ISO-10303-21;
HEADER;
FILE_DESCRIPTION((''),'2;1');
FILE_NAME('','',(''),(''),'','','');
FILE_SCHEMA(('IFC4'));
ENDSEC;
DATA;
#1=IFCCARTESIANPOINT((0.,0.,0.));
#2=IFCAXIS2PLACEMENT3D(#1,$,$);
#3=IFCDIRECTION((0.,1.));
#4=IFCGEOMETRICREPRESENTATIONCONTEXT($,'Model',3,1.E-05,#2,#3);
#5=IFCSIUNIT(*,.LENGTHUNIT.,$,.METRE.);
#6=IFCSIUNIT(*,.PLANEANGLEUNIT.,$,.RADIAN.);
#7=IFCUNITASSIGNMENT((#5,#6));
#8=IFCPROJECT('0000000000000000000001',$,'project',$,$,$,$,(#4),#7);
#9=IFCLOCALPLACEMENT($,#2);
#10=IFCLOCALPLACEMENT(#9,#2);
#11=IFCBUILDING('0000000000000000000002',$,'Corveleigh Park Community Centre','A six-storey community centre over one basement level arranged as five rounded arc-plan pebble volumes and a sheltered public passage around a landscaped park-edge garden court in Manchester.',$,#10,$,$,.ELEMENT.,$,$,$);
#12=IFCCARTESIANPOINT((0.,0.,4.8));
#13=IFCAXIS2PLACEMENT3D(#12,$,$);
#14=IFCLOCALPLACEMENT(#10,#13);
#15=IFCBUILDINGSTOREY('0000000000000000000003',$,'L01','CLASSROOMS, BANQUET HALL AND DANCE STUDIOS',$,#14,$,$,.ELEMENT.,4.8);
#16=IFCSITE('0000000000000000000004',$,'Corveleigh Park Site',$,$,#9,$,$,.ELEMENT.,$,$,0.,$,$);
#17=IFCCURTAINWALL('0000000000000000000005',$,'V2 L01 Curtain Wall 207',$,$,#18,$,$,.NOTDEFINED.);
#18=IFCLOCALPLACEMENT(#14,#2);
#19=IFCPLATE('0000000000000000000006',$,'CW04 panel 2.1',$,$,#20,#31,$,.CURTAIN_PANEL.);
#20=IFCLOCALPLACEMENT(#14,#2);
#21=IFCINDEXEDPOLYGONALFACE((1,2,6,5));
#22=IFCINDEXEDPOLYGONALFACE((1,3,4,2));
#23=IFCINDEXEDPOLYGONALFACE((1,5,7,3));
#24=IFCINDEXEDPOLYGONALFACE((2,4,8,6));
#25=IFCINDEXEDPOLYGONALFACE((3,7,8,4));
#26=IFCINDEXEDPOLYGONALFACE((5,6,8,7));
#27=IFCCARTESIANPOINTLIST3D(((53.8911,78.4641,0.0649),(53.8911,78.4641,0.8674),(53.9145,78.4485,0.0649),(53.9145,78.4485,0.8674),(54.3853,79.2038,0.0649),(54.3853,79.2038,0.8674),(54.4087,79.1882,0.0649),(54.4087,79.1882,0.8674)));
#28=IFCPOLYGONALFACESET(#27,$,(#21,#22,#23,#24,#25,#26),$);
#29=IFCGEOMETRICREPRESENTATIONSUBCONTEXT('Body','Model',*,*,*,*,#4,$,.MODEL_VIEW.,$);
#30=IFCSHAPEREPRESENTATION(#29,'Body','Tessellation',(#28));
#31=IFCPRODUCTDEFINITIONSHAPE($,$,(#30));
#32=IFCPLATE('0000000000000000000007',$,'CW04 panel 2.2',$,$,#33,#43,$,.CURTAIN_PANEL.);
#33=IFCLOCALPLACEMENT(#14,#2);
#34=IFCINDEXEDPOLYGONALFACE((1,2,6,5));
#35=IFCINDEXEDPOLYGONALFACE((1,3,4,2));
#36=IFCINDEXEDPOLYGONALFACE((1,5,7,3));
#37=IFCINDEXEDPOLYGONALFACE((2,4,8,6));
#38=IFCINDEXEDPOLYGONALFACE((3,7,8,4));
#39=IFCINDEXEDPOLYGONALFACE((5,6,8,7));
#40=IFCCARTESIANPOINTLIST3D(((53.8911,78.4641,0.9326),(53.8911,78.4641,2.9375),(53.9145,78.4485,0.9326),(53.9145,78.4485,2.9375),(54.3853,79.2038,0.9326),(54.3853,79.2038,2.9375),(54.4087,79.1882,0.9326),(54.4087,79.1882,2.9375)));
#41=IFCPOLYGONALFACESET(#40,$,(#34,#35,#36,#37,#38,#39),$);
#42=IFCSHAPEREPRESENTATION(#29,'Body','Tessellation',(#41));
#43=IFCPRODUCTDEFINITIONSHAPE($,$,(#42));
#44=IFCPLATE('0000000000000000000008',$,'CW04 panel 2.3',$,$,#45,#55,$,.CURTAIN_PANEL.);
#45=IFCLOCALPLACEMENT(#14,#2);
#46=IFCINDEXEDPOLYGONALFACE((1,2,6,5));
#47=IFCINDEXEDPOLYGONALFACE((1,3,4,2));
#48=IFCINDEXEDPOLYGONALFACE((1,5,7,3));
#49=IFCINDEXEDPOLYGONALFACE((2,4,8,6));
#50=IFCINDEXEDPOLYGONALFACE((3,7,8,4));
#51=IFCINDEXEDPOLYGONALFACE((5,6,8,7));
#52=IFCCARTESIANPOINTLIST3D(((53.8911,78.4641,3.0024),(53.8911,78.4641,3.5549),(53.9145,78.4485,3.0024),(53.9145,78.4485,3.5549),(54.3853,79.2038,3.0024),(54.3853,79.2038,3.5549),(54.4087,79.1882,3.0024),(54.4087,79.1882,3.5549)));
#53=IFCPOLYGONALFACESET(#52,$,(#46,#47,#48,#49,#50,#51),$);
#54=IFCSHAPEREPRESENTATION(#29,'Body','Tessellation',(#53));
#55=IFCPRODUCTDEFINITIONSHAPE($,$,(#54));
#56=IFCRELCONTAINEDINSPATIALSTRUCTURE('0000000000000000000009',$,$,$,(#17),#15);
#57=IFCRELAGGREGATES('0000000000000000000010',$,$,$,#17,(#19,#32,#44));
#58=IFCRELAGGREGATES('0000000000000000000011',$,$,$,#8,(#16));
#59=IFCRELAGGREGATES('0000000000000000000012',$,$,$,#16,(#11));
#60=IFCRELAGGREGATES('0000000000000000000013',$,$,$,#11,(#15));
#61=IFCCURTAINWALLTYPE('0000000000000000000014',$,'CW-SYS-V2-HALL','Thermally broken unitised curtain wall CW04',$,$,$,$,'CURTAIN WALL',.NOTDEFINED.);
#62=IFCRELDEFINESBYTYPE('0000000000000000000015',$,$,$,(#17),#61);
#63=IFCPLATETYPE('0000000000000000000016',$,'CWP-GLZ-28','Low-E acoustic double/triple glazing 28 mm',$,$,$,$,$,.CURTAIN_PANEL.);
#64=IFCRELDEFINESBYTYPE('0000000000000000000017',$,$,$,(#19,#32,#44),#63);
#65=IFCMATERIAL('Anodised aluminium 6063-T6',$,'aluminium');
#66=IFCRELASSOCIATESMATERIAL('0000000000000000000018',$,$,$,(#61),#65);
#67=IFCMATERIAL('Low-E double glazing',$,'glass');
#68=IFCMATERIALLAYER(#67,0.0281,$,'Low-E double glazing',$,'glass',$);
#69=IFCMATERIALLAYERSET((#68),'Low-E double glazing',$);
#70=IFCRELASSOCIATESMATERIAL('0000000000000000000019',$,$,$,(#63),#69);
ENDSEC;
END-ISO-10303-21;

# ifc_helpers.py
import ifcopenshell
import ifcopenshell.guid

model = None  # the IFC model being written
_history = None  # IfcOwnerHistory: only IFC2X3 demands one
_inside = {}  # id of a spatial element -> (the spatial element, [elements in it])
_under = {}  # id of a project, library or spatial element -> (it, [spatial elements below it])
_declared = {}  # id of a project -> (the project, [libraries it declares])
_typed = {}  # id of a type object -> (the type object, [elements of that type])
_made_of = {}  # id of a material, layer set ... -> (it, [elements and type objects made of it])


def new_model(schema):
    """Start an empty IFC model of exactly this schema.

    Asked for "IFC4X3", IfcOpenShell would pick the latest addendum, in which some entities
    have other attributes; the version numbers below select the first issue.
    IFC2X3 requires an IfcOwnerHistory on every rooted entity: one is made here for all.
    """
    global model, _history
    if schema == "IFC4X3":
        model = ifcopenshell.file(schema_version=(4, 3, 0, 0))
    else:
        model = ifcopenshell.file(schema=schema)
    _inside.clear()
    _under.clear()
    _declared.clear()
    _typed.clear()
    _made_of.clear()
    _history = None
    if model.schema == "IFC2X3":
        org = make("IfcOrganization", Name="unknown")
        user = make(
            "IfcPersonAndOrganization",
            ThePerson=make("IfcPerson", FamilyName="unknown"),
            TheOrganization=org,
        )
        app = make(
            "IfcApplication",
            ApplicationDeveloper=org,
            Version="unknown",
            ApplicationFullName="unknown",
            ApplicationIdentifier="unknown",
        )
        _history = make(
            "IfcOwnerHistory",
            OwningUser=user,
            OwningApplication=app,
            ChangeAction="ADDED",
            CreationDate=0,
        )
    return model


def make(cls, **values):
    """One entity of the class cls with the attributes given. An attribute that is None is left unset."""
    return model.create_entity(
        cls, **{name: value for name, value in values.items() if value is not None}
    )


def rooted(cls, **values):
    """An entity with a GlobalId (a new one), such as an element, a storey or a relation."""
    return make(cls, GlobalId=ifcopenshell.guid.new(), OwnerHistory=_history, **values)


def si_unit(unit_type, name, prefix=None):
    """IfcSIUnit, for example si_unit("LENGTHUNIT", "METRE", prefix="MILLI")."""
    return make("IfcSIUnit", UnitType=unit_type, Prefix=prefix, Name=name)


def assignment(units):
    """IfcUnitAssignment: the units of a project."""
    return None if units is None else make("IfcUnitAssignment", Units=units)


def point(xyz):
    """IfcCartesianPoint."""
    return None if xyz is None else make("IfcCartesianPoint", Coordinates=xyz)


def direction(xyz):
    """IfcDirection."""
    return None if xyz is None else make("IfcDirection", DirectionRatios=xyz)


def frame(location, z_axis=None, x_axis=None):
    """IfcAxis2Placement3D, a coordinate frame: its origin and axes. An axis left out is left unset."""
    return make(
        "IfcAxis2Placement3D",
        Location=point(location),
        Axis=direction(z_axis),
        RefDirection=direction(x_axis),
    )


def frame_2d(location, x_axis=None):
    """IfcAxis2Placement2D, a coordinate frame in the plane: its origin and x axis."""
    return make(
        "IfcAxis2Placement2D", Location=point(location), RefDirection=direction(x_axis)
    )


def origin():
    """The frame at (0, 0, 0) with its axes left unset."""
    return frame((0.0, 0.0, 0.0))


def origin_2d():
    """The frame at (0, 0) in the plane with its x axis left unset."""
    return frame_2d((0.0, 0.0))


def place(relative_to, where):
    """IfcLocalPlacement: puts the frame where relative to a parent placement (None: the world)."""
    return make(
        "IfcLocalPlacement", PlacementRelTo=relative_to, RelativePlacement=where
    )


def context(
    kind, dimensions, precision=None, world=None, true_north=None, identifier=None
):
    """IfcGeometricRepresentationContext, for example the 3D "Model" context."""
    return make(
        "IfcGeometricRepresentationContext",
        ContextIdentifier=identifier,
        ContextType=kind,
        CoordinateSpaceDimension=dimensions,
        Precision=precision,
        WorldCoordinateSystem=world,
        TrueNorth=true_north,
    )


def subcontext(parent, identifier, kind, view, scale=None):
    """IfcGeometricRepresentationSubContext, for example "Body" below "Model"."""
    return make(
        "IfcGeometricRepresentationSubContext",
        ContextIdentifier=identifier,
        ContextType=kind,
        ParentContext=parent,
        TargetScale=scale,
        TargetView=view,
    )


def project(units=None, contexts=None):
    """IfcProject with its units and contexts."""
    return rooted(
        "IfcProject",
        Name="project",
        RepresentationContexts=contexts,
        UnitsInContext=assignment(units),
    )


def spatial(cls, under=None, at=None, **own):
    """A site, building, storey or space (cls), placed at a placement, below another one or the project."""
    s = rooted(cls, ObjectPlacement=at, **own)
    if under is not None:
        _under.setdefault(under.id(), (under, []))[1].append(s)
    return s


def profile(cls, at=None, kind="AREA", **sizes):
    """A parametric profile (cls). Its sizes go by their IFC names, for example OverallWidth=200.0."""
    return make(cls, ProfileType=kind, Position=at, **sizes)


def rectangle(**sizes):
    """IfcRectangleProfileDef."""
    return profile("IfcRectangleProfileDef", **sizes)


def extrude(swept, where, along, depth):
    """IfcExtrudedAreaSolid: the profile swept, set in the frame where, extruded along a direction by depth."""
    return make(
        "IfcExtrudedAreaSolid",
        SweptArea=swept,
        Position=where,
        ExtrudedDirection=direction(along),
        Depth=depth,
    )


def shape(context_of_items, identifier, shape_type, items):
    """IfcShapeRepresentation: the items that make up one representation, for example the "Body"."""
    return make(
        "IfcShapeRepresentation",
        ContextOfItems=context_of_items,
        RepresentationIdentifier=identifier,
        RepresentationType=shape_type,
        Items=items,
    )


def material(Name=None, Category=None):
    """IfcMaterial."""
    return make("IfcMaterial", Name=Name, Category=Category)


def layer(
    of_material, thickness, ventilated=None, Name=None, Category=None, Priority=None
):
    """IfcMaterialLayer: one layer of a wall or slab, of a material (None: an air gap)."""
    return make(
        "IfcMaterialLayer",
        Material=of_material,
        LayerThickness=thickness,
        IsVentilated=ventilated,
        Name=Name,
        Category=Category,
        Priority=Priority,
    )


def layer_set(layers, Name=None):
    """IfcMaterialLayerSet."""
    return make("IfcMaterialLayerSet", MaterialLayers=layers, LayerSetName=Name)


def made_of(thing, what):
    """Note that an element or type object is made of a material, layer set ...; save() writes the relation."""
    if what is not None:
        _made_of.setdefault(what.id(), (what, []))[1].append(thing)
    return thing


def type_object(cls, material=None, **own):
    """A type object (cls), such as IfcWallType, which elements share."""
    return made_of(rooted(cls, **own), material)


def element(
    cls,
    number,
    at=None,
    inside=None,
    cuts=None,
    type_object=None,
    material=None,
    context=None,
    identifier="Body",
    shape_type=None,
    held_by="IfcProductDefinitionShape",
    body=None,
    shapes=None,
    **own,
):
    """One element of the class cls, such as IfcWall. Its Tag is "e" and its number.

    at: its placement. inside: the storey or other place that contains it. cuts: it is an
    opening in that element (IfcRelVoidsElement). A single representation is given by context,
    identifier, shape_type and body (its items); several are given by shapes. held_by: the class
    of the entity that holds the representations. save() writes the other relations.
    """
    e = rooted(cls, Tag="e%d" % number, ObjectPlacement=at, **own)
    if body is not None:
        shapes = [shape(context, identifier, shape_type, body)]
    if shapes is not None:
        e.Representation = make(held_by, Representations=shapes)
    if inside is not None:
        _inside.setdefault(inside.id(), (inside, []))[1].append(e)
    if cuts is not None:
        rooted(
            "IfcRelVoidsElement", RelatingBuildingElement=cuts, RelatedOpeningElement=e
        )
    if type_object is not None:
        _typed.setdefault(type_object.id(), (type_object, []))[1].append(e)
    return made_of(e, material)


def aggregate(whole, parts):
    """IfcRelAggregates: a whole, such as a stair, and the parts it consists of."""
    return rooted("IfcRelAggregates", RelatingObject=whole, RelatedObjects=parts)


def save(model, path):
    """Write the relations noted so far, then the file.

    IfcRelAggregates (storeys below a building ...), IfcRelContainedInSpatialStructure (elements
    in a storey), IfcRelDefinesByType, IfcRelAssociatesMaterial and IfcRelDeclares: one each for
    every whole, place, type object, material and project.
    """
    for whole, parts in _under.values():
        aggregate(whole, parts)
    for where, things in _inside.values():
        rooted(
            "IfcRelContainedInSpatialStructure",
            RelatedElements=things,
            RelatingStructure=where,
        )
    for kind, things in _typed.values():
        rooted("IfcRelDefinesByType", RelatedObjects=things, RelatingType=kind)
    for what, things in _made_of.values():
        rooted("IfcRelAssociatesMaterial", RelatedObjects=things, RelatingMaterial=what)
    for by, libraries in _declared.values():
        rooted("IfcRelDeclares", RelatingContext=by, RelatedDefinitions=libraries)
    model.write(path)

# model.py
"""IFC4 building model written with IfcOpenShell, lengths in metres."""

from ifc_helpers import new_model, si_unit, direction, frame, origin, origin_2d, place, context, subcontext, project, spatial, rectangle, extrude, material, layer, layer_set, type_object, element, aggregate, save


model = new_model("IFC4")

# Units and contexts
model_context = context("Model", 3, precision=1e-05, world=origin(), true_north=direction((0.0, 1.0)))
body_context = subcontext(model_context, "Body", "Model", "MODEL_VIEW")
ifc_project = project(units=[si_unit("LENGTHUNIT", "METRE"), si_unit("PLANEANGLEUNIT", "RADIAN")], contexts=[model_context])

# Site, building, storey
site_placement = place(None, origin())
site = spatial("IfcSite", under=ifc_project, at=site_placement, Name="Corveleigh Park Site", CompositionType="ELEMENT", RefElevation=0.0)
building_placement = place(site_placement, origin())
building = spatial("IfcBuilding", under=site, at=building_placement, Name="Corveleigh Park Community Centre", Description="A six-storey community centre over one basement level arranged as five rounded arc-plan pebble volumes and a sheltered public passage around a landscaped park-edge garden court in Manchester.", CompositionType="ELEMENT")
storey_placement = place(building_placement, frame((0.0, 0.0, 4.8)))
storey = spatial("IfcBuildingStorey", under=building, at=storey_placement, Name="L01", Description="CLASSROOMS, BANQUET HALL AND DANCE STUDIOS", CompositionType="ELEMENT", Elevation=4.8)

# Curtain wall
ifc_material_1 = material(Name="Anodised aluminium 6063-T6", Category="aluminium")
curtain_wall_type = type_object("IfcCurtainWallType", Name="CW-SYS-V2-HALL", Description="Thermally broken unitised curtain wall CW04", ElementType="CURTAIN WALL", PredefinedType="NOTDEFINED", material=ifc_material_1)
curtain_wall_1_placement = place(storey_placement, origin())
curtain_wall_1 = element("IfcCurtainWall", 1, at=curtain_wall_1_placement, inside=storey, type_object=curtain_wall_type, Name="V2 L01 Curtain Wall 207", PredefinedType="NOTDEFINED")

# Plates
ifc_material_2 = material(Name="Low-E double glazing", Category="glass")
ifc_layer_1 = layer(ifc_material_2, 0.0281, Name="Low-E double glazing", Category="glass")
ifc_layer_set_1 = layer_set([ifc_layer_1], Name="Low-E double glazing")
plate_type_1 = type_object("IfcPlateType", Name="CWP-GLZ-28", Description="Low-E acoustic double/triple glazing 28 mm", PredefinedType="CURTAIN_PANEL", material=ifc_layer_set_1)
plate_1_placement = place(storey_placement, frame((54.1499, 78.8262, 0.0649), z_axis=(0.0, 0.0, 1.0), x_axis=(-0.555512, -0.831509, 0.0)))
plate_1 = element("IfcPlate", 2, at=plate_1_placement, type_object=plate_type_1, Name="CW04 panel 2.1", PredefinedType="CURTAIN_PANEL", context=body_context, shape_type="SweptSolid", body=[
    extrude(rectangle(XDim=0.8896, YDim=0.0281, at=origin_2d()), origin(), (0.0, 0.0, 1.0), 0.8025),
])
plate_2_placement = place(storey_placement, frame((54.1499, 78.8262, 0.9326), z_axis=(0.0, 0.0, 1.0), x_axis=(-0.555512, -0.831509, 0.0)))
plate_2 = element("IfcPlate", 3, at=plate_2_placement, type_object=plate_type_1, Name="CW04 panel 2.2", PredefinedType="CURTAIN_PANEL", context=body_context, shape_type="SweptSolid", body=[
    extrude(rectangle(XDim=0.8896, YDim=0.0281, at=origin_2d()), origin(), (0.0, 0.0, 1.0), 2.0049),
])
plate_3_placement = place(storey_placement, frame((54.1499, 78.8262, 3.0024), z_axis=(0.0, 0.0, 1.0), x_axis=(-0.555512, -0.831509, 0.0)))
plate_3 = element("IfcPlate", 4, at=plate_3_placement, type_object=plate_type_1, Name="CW04 panel 2.3", PredefinedType="CURTAIN_PANEL", context=body_context, shape_type="SweptSolid", body=[
    extrude(rectangle(XDim=0.8896, YDim=0.0281, at=origin_2d()), origin(), (0.0, 0.0, 1.0), 0.5525),
])
aggregate(curtain_wall_1, [plate_1, plate_2, plate_3])

save(model, "model.ifc")
